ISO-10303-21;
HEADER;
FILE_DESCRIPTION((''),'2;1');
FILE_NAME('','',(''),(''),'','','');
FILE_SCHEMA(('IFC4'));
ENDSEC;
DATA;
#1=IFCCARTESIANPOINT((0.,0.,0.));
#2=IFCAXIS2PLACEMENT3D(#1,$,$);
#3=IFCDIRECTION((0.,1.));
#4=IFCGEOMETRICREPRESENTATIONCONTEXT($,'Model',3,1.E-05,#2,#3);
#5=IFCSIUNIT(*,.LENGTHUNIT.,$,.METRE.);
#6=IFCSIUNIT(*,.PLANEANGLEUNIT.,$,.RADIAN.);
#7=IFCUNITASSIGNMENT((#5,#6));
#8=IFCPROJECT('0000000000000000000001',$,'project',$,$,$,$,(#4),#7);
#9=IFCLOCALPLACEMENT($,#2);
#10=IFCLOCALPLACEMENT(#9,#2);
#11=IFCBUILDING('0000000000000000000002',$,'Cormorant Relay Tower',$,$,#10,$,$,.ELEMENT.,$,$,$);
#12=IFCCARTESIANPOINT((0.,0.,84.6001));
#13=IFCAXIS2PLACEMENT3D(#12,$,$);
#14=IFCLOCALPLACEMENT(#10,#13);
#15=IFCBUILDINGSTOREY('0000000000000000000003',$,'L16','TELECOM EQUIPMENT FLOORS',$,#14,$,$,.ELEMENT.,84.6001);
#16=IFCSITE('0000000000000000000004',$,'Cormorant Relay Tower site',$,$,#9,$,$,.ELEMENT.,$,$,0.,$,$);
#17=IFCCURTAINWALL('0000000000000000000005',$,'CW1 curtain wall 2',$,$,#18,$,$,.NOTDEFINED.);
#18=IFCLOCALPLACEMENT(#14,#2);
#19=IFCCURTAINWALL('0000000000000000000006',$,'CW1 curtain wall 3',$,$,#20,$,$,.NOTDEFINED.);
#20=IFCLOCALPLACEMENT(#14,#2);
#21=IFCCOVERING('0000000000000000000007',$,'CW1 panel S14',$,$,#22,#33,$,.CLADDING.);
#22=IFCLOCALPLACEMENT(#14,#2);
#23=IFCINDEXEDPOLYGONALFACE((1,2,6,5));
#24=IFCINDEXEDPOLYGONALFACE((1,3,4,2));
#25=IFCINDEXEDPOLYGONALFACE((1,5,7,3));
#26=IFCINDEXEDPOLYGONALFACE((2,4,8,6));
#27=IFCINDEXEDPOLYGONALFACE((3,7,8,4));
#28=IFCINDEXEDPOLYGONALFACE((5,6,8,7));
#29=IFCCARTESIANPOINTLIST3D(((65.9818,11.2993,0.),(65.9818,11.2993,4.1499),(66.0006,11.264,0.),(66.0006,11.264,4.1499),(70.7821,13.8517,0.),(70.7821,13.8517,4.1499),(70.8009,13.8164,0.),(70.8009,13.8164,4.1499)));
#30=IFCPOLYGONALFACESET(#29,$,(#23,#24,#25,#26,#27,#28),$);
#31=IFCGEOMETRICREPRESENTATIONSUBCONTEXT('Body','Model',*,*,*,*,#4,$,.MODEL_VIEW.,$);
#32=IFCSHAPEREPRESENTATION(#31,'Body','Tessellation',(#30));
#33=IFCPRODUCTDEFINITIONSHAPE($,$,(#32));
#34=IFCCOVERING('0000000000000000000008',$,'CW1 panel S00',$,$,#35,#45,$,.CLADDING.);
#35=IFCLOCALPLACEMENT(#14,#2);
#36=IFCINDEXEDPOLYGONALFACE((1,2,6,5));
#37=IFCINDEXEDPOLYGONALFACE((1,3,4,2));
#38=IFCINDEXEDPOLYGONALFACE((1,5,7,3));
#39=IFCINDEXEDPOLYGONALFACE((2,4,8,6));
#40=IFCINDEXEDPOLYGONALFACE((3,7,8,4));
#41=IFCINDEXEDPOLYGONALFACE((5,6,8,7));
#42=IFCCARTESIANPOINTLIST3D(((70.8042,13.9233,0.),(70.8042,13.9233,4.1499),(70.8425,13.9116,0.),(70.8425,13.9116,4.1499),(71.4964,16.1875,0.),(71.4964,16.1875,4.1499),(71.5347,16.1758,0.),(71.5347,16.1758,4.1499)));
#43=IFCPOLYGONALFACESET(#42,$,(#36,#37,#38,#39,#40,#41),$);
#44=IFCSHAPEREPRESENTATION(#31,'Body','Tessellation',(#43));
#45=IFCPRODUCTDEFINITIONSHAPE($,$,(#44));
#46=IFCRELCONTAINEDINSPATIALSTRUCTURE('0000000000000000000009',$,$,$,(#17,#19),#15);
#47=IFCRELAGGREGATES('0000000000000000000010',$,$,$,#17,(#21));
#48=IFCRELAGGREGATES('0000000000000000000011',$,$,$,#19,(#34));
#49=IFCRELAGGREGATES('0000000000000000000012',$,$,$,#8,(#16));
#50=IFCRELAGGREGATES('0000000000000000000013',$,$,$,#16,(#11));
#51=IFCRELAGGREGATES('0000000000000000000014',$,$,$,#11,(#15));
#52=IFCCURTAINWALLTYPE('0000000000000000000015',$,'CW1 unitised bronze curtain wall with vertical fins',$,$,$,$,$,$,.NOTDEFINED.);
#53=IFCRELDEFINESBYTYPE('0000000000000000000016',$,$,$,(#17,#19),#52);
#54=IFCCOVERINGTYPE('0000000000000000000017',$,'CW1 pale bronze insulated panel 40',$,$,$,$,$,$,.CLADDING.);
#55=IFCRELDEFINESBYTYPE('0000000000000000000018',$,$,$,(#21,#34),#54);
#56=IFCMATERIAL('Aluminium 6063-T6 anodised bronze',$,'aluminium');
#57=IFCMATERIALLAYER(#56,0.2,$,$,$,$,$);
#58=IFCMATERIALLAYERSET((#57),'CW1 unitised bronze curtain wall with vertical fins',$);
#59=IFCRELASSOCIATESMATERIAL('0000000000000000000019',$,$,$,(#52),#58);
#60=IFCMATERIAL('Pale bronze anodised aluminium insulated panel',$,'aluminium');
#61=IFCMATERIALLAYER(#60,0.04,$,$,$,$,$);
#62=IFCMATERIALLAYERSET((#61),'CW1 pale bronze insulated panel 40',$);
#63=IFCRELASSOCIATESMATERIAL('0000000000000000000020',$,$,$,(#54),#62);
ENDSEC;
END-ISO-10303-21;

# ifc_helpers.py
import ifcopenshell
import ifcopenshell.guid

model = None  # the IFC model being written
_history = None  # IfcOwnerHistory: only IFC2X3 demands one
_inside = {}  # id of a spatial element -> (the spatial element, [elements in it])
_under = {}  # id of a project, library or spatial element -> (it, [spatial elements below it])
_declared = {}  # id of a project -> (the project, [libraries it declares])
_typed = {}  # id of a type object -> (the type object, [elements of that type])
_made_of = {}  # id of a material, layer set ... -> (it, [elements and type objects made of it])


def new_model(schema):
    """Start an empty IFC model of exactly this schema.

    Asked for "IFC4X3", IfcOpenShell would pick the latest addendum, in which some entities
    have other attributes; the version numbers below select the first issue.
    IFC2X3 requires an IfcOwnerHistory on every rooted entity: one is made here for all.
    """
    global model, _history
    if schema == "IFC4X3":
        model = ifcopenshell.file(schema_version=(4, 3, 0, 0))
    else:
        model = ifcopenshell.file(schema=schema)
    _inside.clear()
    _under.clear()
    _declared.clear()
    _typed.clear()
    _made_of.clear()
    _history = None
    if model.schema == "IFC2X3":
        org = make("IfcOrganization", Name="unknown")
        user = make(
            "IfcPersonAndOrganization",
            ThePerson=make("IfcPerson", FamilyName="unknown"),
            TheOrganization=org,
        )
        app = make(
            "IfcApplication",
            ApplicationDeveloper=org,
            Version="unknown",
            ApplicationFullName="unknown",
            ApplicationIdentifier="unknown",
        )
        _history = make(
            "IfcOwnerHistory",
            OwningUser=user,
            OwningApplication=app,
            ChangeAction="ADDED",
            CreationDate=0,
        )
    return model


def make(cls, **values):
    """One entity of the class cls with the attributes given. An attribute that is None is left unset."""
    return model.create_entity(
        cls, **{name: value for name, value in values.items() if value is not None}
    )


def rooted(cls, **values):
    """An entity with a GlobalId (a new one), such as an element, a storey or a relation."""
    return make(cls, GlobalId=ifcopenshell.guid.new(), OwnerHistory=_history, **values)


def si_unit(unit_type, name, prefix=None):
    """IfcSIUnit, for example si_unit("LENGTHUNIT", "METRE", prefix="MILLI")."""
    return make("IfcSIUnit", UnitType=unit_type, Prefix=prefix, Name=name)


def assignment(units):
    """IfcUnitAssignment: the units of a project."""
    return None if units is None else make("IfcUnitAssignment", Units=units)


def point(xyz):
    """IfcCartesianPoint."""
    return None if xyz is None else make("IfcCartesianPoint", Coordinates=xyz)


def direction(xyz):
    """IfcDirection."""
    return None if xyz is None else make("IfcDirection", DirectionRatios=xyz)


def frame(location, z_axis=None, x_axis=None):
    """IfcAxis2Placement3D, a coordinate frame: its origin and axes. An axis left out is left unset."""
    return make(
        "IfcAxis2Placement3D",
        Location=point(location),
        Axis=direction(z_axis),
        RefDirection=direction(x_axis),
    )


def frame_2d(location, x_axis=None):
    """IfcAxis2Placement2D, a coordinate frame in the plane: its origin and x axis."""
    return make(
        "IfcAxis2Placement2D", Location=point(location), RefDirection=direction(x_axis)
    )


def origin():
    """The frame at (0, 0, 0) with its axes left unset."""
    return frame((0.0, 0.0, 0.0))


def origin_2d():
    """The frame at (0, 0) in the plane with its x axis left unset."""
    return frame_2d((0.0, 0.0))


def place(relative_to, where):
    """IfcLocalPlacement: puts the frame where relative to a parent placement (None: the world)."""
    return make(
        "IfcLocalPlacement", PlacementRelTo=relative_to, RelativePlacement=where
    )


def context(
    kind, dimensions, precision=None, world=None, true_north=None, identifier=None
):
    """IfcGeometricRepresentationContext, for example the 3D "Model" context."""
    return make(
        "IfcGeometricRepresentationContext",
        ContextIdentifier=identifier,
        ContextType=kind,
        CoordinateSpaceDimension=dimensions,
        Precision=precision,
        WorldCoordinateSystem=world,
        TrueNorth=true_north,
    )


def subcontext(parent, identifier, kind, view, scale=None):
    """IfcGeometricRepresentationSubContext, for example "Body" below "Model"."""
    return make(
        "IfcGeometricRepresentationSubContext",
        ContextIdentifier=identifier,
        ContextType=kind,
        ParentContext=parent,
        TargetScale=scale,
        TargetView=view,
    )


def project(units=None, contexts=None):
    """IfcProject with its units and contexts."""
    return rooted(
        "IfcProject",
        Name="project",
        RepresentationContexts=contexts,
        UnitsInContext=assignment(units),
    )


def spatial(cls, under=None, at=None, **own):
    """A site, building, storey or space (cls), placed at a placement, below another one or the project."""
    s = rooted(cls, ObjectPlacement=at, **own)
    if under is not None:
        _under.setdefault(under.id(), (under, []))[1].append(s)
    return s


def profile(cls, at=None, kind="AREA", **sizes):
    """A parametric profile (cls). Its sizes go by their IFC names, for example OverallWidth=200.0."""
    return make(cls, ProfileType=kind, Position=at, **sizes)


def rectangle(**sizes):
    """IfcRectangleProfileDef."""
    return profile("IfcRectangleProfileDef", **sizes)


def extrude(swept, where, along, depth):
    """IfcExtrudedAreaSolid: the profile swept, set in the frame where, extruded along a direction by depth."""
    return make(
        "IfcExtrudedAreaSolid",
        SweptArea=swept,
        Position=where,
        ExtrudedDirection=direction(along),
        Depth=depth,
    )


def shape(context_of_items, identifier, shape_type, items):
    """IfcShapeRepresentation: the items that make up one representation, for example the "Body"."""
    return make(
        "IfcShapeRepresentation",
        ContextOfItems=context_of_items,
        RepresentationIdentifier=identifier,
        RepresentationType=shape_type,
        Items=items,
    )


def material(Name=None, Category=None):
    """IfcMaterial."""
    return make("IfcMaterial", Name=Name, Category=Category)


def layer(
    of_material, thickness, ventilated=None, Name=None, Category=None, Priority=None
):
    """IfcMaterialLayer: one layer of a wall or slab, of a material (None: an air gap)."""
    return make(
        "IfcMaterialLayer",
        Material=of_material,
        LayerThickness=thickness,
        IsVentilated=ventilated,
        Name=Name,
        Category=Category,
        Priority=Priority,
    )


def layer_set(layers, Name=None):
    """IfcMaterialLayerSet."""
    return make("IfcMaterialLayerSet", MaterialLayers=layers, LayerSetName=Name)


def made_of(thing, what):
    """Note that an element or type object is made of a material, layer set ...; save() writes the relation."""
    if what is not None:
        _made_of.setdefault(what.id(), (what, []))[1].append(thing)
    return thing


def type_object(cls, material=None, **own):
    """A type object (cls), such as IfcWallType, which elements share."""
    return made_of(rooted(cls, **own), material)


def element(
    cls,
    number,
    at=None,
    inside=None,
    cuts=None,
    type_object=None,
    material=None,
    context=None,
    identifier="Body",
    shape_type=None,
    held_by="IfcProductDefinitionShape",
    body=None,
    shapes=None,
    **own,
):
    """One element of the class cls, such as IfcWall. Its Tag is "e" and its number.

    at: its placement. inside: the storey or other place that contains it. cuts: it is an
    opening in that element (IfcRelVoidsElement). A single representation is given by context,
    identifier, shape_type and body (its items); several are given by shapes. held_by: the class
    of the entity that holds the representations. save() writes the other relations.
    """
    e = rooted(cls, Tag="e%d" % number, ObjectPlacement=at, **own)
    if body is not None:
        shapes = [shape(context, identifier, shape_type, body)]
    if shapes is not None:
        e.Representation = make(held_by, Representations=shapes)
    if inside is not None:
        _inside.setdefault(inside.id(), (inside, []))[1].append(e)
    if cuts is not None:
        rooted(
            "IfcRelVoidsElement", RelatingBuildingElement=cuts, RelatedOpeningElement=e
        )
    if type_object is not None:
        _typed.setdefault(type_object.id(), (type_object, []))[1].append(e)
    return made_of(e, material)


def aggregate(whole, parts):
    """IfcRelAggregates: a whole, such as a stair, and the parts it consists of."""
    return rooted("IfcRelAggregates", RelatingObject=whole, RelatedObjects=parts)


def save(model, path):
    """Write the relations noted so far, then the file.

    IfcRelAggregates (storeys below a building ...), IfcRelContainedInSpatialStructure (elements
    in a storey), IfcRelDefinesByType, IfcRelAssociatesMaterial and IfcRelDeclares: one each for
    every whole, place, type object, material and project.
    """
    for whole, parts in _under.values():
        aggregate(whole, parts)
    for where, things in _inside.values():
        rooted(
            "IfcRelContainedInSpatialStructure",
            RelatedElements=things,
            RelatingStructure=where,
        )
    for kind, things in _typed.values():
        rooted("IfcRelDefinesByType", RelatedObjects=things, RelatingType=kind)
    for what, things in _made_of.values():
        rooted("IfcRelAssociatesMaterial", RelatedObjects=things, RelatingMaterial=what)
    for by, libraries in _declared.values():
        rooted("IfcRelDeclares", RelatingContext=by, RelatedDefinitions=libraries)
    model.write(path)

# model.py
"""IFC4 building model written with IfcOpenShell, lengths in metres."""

from ifc_helpers import new_model, si_unit, direction, frame, origin, origin_2d, place, context, subcontext, project, spatial, rectangle, extrude, material, layer, layer_set, type_object, element, aggregate, save


model = new_model("IFC4")

# Units and contexts
model_context = context("Model", 3, precision=1e-05, world=origin(), true_north=direction((0.0, 1.0)))
body_context = subcontext(model_context, "Body", "Model", "MODEL_VIEW")
ifc_project = project(units=[si_unit("LENGTHUNIT", "METRE"), si_unit("PLANEANGLEUNIT", "RADIAN")], contexts=[model_context])

# Site, building, storey
site_placement = place(None, origin())
site = spatial("IfcSite", under=ifc_project, at=site_placement, Name="Cormorant Relay Tower site", CompositionType="ELEMENT", RefElevation=0.0)
building_placement = place(site_placement, origin())
building = spatial("IfcBuilding", under=site, at=building_placement, Name="Cormorant Relay Tower", CompositionType="ELEMENT")
storey_placement = place(building_placement, frame((0.0, 0.0, 84.6001)))
storey = spatial("IfcBuildingStorey", under=building, at=storey_placement, Name="L16", Description="TELECOM EQUIPMENT FLOORS", CompositionType="ELEMENT", Elevation=84.6001)

# Curtain walls
ifc_material_1 = material(Name="Aluminium 6063-T6 anodised bronze", Category="aluminium")
ifc_layer_1 = layer(ifc_material_1, 0.2)
ifc_layer_set_1 = layer_set([ifc_layer_1], Name="CW1 unitised bronze curtain wall with vertical fins")
curtain_wall_type = type_object("IfcCurtainWallType", Name="CW1 unitised bronze curtain wall with vertical fins", PredefinedType="NOTDEFINED", material=ifc_layer_set_1)
curtain_wall_1_placement = place(storey_placement, origin())
curtain_wall_1 = element("IfcCurtainWall", 1, at=curtain_wall_1_placement, inside=storey, type_object=curtain_wall_type, Name="CW1 curtain wall 2", PredefinedType="NOTDEFINED")
curtain_wall_2_placement = place(storey_placement, origin())
curtain_wall_2 = element("IfcCurtainWall", 2, at=curtain_wall_2_placement, inside=storey, type_object=curtain_wall_type, Name="CW1 curtain wall 3", PredefinedType="NOTDEFINED")

# Coverings
ifc_material_2 = material(Name="Pale bronze anodised aluminium insulated panel", Category="aluminium")
ifc_layer_2 = layer(ifc_material_2, 0.04)
ifc_layer_set_2 = layer_set([ifc_layer_2], Name="CW1 pale bronze insulated panel 40")
covering_type = type_object("IfcCoveringType", Name="CW1 pale bronze insulated panel 40", PredefinedType="CLADDING", material=ifc_layer_set_2)
covering_1_placement = place(storey_placement, frame((68.3914, 12.5579, 0.0), z_axis=(0.0, 0.0, 1.0), x_axis=(0.882948, 0.469472, 0.0)))
covering_1 = element("IfcCovering", 3, at=covering_1_placement, type_object=covering_type, Name="CW1 panel S14", PredefinedType="CLADDING", context=body_context, shape_type="SweptSolid", body=[
    extrude(rectangle(XDim=5.4368, YDim=0.04, at=origin_2d()), origin(), (0.0, 0.0, 1.0), 4.1499),
])
aggregate(curtain_wall_1, [covering_1])
covering_2_placement = place(storey_placement, frame((71.1694, 15.0496, 0.0), z_axis=(0.0, 0.0, 1.0), x_axis=(0.292372, 0.956305, 0.0)))
covering_2 = element("IfcCovering", 4, at=covering_2_placement, type_object=covering_type, Name="CW1 panel S00", PredefinedType="CLADDING", context=body_context, shape_type="SweptSolid", body=[
    extrude(rectangle(XDim=2.3677, YDim=0.04, at=origin_2d()), origin(), (0.0, 0.0, 1.0), 4.1499),
])
aggregate(curtain_wall_2, [covering_2])

save(model, "model.ifc")
